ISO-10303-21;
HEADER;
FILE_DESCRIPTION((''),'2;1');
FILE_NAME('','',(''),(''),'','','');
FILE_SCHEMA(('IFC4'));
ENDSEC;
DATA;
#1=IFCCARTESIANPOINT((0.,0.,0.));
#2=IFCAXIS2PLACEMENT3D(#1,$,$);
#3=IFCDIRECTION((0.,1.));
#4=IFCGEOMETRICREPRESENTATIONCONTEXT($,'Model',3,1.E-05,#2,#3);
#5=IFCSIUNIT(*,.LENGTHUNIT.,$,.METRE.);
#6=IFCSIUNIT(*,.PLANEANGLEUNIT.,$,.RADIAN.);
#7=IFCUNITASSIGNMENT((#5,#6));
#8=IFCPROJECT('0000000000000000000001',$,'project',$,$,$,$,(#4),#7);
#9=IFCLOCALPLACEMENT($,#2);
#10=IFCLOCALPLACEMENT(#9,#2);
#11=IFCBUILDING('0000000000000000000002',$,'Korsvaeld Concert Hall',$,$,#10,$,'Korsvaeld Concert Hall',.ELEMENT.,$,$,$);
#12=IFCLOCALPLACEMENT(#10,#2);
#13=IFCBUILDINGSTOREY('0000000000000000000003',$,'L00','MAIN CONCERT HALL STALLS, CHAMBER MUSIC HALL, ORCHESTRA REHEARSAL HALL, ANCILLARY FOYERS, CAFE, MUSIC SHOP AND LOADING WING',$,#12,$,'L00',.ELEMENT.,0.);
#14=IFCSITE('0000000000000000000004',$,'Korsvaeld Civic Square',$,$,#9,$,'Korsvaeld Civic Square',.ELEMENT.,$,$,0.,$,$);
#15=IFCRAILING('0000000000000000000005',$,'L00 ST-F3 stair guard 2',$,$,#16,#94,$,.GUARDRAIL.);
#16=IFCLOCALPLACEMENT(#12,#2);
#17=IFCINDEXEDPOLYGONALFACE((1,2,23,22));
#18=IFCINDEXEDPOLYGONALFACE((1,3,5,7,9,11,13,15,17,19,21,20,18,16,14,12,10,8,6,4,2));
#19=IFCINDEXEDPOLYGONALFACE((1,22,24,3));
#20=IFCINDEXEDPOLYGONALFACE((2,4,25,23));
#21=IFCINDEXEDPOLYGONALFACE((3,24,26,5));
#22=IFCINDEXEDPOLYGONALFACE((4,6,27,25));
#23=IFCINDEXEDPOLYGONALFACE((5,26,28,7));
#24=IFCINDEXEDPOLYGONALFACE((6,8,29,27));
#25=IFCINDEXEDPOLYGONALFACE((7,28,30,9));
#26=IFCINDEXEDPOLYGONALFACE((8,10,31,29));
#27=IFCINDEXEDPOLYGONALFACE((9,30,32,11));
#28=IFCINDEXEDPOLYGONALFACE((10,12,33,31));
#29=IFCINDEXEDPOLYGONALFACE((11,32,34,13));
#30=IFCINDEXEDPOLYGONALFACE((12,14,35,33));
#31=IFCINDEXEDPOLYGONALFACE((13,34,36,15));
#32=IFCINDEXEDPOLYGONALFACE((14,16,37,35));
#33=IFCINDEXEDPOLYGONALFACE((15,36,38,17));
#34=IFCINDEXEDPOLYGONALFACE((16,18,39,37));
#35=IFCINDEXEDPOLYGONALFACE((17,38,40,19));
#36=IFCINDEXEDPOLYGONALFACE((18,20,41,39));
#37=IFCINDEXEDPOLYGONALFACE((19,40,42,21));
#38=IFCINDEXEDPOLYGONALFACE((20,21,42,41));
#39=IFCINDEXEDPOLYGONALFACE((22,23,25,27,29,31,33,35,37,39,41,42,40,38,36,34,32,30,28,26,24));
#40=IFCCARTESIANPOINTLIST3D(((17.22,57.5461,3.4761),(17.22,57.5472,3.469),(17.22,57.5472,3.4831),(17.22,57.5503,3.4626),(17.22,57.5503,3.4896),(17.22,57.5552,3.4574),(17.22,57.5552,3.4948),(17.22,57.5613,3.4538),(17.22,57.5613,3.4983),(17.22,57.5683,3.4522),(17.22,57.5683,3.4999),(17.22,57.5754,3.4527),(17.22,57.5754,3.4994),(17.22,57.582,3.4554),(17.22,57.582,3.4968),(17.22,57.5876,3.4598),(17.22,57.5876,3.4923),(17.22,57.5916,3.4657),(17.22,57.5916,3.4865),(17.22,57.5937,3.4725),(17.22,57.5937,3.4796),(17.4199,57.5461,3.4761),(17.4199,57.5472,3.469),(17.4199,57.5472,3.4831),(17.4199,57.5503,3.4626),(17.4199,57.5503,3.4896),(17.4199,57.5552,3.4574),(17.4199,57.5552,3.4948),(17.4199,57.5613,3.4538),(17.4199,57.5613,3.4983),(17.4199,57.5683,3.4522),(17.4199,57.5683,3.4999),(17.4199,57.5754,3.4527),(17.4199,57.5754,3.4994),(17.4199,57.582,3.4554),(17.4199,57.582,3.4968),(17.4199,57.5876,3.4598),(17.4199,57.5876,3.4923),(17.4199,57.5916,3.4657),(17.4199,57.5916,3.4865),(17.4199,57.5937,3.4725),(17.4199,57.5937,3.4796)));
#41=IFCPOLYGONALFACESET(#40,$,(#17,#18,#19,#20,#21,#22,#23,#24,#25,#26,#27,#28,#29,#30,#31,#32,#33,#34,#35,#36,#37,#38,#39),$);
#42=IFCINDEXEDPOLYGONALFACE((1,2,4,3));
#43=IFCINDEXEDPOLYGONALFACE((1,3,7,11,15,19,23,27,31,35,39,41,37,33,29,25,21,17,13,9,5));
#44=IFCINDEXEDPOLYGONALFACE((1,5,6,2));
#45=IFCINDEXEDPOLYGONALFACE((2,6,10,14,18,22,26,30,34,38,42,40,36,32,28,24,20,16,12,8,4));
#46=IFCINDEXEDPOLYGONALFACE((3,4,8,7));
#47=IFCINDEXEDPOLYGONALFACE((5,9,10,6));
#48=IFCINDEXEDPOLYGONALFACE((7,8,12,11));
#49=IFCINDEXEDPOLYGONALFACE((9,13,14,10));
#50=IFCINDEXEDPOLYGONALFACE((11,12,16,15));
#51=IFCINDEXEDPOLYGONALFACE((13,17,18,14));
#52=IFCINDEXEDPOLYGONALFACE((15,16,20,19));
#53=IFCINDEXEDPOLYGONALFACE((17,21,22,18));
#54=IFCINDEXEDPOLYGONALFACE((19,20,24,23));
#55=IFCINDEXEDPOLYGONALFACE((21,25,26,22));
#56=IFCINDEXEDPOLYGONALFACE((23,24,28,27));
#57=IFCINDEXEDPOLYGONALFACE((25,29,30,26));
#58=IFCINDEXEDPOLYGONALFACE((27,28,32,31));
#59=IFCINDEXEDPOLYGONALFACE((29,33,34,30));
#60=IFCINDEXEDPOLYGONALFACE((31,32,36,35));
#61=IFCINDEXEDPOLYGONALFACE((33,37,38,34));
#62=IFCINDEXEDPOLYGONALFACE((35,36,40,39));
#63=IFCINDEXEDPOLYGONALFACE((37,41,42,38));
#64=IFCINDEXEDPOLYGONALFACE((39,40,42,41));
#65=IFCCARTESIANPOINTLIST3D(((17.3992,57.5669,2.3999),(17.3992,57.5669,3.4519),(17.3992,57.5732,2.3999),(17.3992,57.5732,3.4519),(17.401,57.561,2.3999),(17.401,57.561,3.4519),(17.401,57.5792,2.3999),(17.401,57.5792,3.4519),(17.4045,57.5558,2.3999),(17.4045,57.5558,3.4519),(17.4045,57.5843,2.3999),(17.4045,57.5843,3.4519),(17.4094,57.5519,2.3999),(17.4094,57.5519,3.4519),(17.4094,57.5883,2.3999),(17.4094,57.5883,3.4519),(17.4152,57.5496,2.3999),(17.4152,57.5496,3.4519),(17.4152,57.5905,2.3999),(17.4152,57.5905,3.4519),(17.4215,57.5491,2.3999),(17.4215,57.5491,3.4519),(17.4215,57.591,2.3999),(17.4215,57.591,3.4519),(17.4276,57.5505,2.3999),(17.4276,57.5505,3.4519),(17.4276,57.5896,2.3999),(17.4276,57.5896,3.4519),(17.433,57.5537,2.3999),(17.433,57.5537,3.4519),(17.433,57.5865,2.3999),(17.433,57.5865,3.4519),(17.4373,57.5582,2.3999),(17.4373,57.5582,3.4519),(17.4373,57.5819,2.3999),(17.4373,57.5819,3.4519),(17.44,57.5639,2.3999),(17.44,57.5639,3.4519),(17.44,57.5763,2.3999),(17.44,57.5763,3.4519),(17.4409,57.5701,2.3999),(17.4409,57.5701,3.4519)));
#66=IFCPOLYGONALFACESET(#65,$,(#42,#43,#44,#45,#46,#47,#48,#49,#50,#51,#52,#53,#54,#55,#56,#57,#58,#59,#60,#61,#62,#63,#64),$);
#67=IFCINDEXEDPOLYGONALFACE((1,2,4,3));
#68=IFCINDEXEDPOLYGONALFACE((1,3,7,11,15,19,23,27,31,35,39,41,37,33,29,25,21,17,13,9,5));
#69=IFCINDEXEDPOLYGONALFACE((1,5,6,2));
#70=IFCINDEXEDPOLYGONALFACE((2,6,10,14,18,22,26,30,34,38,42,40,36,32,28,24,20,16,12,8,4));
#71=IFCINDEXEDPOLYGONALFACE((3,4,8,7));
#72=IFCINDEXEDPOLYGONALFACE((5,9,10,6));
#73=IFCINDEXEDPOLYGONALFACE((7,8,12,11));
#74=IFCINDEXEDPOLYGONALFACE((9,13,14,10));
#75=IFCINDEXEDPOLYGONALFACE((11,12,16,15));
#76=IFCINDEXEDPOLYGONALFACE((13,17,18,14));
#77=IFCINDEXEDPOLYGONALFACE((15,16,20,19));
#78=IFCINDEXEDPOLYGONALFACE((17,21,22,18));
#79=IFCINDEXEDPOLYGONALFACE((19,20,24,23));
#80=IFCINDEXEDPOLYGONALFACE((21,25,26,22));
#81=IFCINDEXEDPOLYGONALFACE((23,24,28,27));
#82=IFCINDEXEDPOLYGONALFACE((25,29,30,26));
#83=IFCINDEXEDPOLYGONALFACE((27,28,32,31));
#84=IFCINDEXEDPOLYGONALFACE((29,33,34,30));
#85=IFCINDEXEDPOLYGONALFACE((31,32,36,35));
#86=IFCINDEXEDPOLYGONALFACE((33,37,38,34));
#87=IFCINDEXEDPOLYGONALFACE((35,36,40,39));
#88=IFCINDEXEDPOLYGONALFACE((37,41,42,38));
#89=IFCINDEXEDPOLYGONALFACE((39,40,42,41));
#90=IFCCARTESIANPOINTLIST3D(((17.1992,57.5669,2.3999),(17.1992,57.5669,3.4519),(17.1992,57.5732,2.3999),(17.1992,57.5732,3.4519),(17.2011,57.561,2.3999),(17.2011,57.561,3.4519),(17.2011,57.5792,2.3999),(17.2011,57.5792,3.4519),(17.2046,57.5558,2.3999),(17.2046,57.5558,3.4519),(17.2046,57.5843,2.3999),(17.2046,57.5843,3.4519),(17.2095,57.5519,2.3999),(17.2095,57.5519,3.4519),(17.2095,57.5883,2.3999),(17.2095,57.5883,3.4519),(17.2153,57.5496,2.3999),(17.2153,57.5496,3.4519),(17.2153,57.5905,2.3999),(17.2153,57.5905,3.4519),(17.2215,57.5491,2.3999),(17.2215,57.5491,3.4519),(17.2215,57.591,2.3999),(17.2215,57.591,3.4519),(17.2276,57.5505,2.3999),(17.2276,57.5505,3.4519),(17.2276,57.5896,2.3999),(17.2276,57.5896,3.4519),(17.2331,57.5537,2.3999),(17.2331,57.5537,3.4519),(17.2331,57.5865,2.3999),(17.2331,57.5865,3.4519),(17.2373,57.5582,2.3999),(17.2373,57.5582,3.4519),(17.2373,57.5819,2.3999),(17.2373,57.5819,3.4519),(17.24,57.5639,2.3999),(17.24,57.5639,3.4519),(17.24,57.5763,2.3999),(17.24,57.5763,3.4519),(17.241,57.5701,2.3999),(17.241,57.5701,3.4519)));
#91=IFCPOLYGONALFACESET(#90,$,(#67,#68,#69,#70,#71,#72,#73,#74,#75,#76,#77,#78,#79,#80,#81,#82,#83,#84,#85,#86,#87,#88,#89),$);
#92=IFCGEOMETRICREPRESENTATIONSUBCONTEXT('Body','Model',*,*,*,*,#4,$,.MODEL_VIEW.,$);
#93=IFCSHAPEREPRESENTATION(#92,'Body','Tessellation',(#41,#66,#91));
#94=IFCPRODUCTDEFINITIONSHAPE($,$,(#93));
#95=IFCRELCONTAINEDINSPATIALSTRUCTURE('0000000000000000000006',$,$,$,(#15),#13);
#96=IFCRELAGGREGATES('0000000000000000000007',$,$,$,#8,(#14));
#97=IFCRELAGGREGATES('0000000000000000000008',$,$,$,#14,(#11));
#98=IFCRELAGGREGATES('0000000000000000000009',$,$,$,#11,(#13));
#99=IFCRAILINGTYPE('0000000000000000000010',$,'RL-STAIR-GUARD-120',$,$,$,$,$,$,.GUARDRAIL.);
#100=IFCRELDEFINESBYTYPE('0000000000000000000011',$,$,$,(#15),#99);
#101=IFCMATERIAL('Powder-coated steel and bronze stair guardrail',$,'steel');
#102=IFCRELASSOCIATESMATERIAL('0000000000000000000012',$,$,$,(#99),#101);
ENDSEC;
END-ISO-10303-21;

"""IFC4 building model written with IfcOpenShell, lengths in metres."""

from ifc_helpers import new_model, si_unit, direction, frame, origin, origin_2d, place, context, subcontext, project, spatial, circle, extrude, material, type_object, element, save


model = new_model("IFC4")

# Units and contexts
model_context = context("Model", 3, precision=1e-05, world=origin(), true_north=direction((0.0, 1.0)))
body_context = subcontext(model_context, "Body", "Model", "MODEL_VIEW")
ifc_project = project(units=[si_unit("LENGTHUNIT", "METRE"), si_unit("PLANEANGLEUNIT", "RADIAN")], contexts=[model_context])

# Site, building, storey
site_placement = place(None, origin())
site = spatial("IfcSite", under=ifc_project, at=site_placement, Name="Korsvaeld Civic Square", LongName="Korsvaeld Civic Square", CompositionType="ELEMENT", RefElevation=0.0)
building_placement = place(site_placement, origin())
building = spatial("IfcBuilding", under=site, at=building_placement, Name="Korsvaeld Concert Hall", LongName="Korsvaeld Concert Hall", CompositionType="ELEMENT")
storey_placement = place(building_placement, origin())
storey = spatial("IfcBuildingStorey", under=building, at=storey_placement, Name="L00", Description="MAIN CONCERT HALL STALLS, CHAMBER MUSIC HALL, ORCHESTRA REHEARSAL HALL, ANCILLARY FOYERS, CAFE, MUSIC SHOP AND LOADING WING", LongName="L00", CompositionType="ELEMENT", Elevation=0.0)

# Railing
ifc_material_1 = material(Name="Powder-coated steel and bronze stair guardrail", Category="steel")
railing_type_1 = type_object("IfcRailingType", Name="RL-STAIR-GUARD-120", PredefinedType="GUARDRAIL", material=ifc_material_1)
railing_1_placement = place(storey_placement, frame((17.4199, 57.5701, 2.3999)))
element("IfcRailing", 1, at=railing_1_placement, inside=storey, type_object=railing_type_1, Name="L00 ST-F3 stair guard 2", PredefinedType="GUARDRAIL", context=body_context, shape_type="SweptSolid", body=[
    extrude(circle(Radius=0.0239, at=origin_2d()), frame((0.0, 0.0, 1.0762), z_axis=(-1.0, 0.0, 0.0), x_axis=(0.0, -1.0, 0.0)), (0.0, 0.0, 1.0), 0.2),
    extrude(circle(Radius=0.021, at=origin_2d()), origin(), (0.0, 0.0, 1.0), 1.052),
    extrude(circle(Radius=0.021, at=origin_2d()), frame((-0.2, 0.0, 0.0)), (0.0, 0.0, 1.0), 1.052),
])

save(model, "model.ifc")
